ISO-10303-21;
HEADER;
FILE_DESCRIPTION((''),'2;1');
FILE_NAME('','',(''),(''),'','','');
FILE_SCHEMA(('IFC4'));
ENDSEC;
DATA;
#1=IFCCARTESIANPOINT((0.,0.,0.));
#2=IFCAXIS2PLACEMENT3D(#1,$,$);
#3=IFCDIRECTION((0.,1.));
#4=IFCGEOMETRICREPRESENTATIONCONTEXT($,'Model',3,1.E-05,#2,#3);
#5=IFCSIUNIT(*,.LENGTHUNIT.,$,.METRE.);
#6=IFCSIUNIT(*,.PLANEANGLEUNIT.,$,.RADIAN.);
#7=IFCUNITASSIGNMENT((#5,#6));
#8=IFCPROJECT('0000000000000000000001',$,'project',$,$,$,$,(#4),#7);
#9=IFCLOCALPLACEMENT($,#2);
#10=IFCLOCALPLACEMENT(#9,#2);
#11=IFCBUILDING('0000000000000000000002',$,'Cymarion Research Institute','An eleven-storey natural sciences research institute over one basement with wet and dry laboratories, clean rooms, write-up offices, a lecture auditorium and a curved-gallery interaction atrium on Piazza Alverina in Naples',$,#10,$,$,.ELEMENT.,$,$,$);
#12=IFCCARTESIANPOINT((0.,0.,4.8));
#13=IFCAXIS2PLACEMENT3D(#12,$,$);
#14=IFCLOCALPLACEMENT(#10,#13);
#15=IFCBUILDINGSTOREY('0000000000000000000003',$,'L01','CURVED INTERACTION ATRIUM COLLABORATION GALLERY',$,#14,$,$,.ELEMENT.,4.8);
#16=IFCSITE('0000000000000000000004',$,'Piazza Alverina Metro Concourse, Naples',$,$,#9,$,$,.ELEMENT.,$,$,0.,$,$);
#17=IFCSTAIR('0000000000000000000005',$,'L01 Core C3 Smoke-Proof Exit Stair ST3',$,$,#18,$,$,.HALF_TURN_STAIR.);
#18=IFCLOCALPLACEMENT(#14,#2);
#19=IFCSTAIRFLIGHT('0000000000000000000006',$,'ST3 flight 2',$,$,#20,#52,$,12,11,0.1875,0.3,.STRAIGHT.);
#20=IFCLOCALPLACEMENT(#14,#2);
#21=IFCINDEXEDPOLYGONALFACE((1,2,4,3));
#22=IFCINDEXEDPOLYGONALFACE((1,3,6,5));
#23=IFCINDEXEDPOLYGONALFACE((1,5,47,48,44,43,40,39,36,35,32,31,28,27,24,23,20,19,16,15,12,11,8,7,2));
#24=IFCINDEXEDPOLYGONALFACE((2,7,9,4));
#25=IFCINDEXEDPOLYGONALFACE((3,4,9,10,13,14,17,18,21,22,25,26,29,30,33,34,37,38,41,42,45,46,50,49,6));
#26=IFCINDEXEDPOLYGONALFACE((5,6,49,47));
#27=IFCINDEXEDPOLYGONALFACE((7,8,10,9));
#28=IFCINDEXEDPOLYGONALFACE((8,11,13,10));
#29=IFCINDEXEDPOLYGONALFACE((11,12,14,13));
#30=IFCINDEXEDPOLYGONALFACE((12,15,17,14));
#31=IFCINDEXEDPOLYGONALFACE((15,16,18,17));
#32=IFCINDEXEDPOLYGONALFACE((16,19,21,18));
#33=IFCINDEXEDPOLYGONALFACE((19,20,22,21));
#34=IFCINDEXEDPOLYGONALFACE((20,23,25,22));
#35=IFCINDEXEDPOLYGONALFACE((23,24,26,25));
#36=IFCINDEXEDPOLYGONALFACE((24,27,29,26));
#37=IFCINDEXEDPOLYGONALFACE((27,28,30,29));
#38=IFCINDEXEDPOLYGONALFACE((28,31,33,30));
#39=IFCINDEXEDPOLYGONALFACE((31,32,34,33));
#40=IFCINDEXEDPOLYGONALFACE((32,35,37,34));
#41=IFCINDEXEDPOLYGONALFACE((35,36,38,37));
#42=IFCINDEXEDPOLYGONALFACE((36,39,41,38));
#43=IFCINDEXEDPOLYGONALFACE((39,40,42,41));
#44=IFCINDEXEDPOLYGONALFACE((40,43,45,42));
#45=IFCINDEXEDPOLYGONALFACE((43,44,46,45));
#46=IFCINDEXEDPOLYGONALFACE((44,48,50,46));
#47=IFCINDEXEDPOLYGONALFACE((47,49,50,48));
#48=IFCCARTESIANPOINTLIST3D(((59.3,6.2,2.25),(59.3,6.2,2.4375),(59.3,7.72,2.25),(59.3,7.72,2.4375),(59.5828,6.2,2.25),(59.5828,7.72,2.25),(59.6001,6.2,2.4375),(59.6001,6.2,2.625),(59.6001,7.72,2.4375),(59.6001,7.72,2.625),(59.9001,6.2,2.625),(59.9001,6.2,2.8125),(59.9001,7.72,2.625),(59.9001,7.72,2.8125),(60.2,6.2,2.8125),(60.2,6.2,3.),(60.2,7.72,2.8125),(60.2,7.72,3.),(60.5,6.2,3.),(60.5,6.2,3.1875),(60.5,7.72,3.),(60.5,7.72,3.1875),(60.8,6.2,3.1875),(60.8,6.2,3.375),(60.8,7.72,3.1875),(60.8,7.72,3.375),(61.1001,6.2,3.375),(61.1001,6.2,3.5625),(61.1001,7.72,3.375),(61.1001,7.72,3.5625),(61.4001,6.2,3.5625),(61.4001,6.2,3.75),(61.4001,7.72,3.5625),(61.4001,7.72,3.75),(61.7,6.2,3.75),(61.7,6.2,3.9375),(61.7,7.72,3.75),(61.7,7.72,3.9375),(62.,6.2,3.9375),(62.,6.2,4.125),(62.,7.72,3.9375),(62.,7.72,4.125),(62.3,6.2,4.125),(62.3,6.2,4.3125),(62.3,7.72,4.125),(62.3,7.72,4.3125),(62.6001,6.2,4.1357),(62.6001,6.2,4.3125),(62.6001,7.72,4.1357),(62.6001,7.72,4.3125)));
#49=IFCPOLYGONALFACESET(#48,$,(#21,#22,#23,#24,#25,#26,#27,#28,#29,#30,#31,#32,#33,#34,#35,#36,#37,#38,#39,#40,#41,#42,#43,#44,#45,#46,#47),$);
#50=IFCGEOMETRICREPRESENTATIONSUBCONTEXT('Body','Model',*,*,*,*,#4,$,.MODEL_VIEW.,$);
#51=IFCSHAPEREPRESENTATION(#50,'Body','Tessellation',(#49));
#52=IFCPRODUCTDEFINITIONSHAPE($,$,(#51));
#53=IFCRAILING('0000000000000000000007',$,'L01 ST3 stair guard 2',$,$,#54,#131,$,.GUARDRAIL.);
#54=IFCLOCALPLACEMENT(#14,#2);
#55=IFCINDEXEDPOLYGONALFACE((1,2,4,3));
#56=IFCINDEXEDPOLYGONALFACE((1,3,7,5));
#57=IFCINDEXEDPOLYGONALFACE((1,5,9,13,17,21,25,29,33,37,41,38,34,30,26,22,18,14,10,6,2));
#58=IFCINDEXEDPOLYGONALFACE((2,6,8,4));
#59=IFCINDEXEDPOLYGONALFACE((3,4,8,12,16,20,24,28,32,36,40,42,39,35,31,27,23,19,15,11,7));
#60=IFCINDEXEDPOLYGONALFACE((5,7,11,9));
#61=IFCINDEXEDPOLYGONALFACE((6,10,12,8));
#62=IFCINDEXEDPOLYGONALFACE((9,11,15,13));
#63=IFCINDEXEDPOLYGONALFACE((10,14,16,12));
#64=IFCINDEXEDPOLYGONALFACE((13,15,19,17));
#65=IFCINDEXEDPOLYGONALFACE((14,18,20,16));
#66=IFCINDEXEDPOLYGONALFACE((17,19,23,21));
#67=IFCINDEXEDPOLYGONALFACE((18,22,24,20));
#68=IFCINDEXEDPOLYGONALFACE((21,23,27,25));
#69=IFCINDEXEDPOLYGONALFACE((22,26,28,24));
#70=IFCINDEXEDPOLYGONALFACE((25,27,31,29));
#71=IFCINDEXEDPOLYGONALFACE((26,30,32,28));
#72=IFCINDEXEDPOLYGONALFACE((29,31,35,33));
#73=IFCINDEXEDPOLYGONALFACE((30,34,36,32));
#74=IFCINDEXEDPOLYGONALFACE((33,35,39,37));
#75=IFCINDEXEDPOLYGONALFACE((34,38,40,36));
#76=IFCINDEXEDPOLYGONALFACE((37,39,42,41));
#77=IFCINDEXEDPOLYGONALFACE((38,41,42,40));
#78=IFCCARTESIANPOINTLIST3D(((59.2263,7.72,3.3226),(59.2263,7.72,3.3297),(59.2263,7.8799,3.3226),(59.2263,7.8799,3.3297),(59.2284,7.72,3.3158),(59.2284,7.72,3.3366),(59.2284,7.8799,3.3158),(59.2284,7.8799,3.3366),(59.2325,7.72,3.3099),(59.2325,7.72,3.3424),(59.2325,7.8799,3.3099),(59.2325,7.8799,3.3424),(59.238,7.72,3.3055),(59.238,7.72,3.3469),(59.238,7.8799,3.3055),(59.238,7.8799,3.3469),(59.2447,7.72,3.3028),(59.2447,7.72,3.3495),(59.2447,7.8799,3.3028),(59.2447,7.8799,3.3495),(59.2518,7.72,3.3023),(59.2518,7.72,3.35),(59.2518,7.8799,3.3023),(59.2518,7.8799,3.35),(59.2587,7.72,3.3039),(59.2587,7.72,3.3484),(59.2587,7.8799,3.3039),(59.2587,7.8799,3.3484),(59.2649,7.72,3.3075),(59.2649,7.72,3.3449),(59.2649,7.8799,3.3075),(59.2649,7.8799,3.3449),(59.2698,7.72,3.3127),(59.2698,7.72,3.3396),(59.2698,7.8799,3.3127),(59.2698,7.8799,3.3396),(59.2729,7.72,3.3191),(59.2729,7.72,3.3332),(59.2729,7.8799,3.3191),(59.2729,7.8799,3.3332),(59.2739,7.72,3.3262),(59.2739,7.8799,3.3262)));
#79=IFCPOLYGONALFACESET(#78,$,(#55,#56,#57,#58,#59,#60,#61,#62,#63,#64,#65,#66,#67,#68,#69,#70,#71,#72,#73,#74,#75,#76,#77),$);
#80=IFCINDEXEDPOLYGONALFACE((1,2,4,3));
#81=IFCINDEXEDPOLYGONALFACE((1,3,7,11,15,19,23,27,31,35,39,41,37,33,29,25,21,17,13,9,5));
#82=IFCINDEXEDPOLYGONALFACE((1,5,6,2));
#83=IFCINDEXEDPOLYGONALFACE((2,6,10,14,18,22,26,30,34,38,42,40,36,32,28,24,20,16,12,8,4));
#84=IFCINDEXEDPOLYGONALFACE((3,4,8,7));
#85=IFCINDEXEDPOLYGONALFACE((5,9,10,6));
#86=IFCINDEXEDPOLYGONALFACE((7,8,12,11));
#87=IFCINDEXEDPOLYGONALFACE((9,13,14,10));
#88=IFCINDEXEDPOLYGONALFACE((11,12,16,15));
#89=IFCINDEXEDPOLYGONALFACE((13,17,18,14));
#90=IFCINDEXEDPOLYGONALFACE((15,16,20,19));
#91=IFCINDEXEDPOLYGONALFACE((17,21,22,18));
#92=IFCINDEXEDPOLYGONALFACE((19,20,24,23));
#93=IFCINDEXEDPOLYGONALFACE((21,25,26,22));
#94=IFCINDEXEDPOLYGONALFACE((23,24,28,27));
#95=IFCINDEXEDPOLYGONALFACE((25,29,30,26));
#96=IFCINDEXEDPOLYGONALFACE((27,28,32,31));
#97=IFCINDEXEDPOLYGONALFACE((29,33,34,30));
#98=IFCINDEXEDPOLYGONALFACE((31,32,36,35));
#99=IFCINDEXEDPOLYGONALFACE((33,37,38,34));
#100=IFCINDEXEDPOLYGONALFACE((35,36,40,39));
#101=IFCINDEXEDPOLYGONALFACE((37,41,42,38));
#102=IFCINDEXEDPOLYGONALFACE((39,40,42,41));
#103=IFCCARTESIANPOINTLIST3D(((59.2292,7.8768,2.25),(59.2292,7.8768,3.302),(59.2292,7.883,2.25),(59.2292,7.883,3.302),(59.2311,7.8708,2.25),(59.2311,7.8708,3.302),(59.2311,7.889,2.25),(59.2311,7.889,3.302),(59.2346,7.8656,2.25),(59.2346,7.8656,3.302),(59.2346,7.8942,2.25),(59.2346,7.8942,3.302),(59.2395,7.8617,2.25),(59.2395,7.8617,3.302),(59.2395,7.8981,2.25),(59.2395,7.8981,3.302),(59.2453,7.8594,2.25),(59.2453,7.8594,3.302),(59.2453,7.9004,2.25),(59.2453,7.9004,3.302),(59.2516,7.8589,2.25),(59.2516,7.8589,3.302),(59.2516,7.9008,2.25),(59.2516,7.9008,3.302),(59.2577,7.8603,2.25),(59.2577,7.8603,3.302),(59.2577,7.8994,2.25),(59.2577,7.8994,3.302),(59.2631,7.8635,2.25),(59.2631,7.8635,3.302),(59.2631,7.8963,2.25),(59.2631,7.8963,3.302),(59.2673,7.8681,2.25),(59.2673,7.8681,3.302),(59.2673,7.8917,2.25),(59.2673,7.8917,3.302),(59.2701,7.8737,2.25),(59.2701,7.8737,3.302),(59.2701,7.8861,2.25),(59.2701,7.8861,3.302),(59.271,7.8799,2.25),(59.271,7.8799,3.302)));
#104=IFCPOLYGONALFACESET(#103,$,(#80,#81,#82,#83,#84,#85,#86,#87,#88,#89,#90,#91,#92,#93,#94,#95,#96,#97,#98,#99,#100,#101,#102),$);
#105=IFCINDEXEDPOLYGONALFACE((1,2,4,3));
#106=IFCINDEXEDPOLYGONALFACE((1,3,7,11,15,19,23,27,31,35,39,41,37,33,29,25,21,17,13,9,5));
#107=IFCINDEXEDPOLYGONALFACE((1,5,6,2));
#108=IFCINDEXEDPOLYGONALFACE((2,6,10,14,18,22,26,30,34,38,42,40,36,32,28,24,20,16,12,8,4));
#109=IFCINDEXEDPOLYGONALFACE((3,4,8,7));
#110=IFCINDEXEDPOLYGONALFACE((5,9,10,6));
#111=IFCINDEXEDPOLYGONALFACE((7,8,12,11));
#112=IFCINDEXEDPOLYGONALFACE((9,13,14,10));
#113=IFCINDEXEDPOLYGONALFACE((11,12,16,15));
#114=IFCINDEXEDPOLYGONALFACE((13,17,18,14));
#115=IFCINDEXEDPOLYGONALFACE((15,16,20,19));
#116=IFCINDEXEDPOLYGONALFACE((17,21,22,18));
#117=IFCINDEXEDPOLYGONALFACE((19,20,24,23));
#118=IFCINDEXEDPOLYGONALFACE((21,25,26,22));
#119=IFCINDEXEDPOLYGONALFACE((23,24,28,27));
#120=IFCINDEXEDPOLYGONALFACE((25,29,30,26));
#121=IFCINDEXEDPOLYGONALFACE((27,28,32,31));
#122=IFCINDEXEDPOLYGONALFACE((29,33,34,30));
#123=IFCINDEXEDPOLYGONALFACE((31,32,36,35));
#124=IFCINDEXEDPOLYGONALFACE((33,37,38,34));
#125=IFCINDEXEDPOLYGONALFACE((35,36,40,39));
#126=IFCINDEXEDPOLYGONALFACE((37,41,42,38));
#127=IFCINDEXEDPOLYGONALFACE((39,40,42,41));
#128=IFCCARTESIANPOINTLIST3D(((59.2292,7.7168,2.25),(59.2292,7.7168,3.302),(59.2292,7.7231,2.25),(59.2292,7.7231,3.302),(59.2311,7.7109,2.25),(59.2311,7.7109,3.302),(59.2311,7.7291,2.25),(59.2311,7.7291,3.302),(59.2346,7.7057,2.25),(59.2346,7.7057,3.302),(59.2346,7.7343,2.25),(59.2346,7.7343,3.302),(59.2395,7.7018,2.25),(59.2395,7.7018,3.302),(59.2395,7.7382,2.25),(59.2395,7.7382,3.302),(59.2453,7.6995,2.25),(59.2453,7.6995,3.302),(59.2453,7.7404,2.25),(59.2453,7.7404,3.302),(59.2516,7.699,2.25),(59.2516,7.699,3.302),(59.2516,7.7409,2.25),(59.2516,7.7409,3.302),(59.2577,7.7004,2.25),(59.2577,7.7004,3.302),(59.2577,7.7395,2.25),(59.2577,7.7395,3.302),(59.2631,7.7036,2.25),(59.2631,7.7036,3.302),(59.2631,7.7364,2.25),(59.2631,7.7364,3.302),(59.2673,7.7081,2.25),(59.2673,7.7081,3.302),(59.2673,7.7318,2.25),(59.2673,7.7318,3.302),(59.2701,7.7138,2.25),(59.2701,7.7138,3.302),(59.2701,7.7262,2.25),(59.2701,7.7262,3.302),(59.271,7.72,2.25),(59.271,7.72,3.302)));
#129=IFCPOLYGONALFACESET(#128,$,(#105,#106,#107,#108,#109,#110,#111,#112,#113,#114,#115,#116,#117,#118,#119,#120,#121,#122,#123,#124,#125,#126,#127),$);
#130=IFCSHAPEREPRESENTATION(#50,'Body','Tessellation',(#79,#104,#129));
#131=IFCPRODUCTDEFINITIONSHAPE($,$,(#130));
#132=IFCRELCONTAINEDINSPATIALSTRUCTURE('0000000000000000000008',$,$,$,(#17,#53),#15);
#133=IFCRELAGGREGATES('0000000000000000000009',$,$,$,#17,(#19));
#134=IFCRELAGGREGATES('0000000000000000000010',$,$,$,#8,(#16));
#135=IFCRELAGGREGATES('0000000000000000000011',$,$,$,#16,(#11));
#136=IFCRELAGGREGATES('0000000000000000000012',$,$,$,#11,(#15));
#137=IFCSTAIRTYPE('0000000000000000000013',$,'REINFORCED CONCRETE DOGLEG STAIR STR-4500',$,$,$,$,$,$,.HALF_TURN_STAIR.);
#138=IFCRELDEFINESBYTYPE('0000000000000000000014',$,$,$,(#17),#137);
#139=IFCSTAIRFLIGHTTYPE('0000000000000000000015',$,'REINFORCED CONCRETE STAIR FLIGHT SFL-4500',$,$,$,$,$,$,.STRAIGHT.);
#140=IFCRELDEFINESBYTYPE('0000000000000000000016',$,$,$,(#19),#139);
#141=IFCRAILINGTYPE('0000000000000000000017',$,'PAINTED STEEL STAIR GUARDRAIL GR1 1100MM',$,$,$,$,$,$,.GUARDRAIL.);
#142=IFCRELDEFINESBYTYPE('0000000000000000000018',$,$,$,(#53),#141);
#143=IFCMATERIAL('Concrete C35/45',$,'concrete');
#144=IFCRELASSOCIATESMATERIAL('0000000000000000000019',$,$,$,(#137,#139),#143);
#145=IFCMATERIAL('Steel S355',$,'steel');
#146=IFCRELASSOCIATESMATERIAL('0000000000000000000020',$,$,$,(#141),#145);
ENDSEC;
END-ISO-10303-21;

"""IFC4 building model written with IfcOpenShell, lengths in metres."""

from ifc_helpers import new_model, si_unit, direction, frame, origin, origin_2d, place, context, subcontext, project, spatial, polyline, circle, outline, extrude, material, type_object, element, aggregate, save


model = new_model("IFC4")

# Units and contexts
model_context = context("Model", 3, precision=1e-05, world=origin(), true_north=direction((0.0, 1.0)))
body_context = subcontext(model_context, "Body", "Model", "MODEL_VIEW")
ifc_project = project(units=[si_unit("LENGTHUNIT", "METRE"), si_unit("PLANEANGLEUNIT", "RADIAN")], contexts=[model_context])

# Site, building, storey
site_placement = place(None, origin())
site = spatial("IfcSite", under=ifc_project, at=site_placement, Name="Piazza Alverina Metro Concourse, Naples", CompositionType="ELEMENT", RefElevation=0.0)
building_placement = place(site_placement, origin())
building = spatial("IfcBuilding", under=site, at=building_placement, Name="Cymarion Research Institute", Description="An eleven-storey natural sciences research institute over one basement with wet and dry laboratories, clean rooms, write-up offices, a lecture auditorium and a curved-gallery interaction atrium on Piazza Alverina in Naples", CompositionType="ELEMENT")
storey_placement = place(building_placement, frame((0.0, 0.0, 4.8)))
storey = spatial("IfcBuildingStorey", under=building, at=storey_placement, Name="L01", Description="CURVED INTERACTION ATRIUM COLLABORATION GALLERY", CompositionType="ELEMENT", Elevation=4.8)

# Shared definitions
ifc_material_1 = material(Name="Steel S355", Category="steel")

# Stair, stair flight
ifc_material_2 = material(Name="Concrete C35/45", Category="concrete")
stair_type = type_object("IfcStairType", Name="REINFORCED CONCRETE DOGLEG STAIR STR-4500", PredefinedType="HALF_TURN_STAIR", material=ifc_material_2)
stair_placement = place(storey_placement, origin())
stair = element("IfcStair", 1, at=stair_placement, inside=storey, type_object=stair_type, Name="L01 Core C3 Smoke-Proof Exit Stair ST3", PredefinedType="HALF_TURN_STAIR")
stair_flight_type = type_object("IfcStairFlightType", Name="REINFORCED CONCRETE STAIR FLIGHT SFL-4500", PredefinedType="STRAIGHT", material=ifc_material_2)
stair_flight_placement = place(storey_placement, frame((59.3, 6.96, 2.25), z_axis=(0.0, 0.0, 1.0), x_axis=(1.0, 0.0, 0.0)))
stair_flight = element("IfcStairFlight", 2, at=stair_flight_placement, type_object=stair_flight_type, Name="ST3 flight 2", NumberOfRisers=12, NumberOfTreads=11, PredefinedType="STRAIGHT", RiserHeight=0.1875, TreadLength=0.3, context=body_context, shape_type="SweptSolid", body=[
    extrude(outline(polyline([(0.0, 0.0), (0.0, 0.1875), (0.3, 0.1875), (0.3, 0.375), (0.6001, 0.375), (0.6001, 0.5625), (0.8999, 0.5625), (0.8999, 0.75), (1.2, 0.75), (1.2, 0.9375), (1.5, 0.9375), (1.5, 1.125), (1.8, 1.125), (1.8, 1.3125), (2.1001, 1.3125), (2.1001, 1.5), (2.3999, 1.5), (2.3999, 1.6875), (2.7, 1.6875), (2.7, 1.875), (3.0, 1.875), (3.0, 2.0625), (3.3, 2.0625), (3.3, 2.25), (3.3, 1.8857), (0.2827, 0.0), (0.0, 0.0)])), frame((0.0, 0.76, 0.0), z_axis=(0.0, -1.0, 0.0), x_axis=(1.0, 0.0, 0.0)), (0.0, 0.0, 1.0), 1.52),
])
aggregate(stair, [stair_flight])

# Railing
railing_type_1 = type_object("IfcRailingType", Name="PAINTED STEEL STAIR GUARDRAIL GR1 1100MM", PredefinedType="GUARDRAIL", material=ifc_material_1)
railing_1_placement = place(storey_placement, frame((59.25, 7.8799, 2.25)))
element("IfcRailing", 3, at=railing_1_placement, inside=storey, type_object=railing_type_1, Name="L01 ST3 stair guard 2", PredefinedType="GUARDRAIL", context=body_context, shape_type="SweptSolid", body=[
    extrude(circle(Radius=0.0239, at=origin_2d()), frame((0.0, 0.0, 1.0762), z_axis=(0.0, -1.0, 0.0), x_axis=(1.0, 0.0, 0.0)), (0.0, 0.0, 1.0), 0.1599),
    extrude(circle(Radius=0.021, at=origin_2d()), origin(), (0.0, 0.0, 1.0), 1.052),
    extrude(circle(Radius=0.021, at=origin_2d()), frame((0.0, -0.1599, 0.0)), (0.0, 0.0, 1.0), 1.052),
])

save(model, "model.ifc")
